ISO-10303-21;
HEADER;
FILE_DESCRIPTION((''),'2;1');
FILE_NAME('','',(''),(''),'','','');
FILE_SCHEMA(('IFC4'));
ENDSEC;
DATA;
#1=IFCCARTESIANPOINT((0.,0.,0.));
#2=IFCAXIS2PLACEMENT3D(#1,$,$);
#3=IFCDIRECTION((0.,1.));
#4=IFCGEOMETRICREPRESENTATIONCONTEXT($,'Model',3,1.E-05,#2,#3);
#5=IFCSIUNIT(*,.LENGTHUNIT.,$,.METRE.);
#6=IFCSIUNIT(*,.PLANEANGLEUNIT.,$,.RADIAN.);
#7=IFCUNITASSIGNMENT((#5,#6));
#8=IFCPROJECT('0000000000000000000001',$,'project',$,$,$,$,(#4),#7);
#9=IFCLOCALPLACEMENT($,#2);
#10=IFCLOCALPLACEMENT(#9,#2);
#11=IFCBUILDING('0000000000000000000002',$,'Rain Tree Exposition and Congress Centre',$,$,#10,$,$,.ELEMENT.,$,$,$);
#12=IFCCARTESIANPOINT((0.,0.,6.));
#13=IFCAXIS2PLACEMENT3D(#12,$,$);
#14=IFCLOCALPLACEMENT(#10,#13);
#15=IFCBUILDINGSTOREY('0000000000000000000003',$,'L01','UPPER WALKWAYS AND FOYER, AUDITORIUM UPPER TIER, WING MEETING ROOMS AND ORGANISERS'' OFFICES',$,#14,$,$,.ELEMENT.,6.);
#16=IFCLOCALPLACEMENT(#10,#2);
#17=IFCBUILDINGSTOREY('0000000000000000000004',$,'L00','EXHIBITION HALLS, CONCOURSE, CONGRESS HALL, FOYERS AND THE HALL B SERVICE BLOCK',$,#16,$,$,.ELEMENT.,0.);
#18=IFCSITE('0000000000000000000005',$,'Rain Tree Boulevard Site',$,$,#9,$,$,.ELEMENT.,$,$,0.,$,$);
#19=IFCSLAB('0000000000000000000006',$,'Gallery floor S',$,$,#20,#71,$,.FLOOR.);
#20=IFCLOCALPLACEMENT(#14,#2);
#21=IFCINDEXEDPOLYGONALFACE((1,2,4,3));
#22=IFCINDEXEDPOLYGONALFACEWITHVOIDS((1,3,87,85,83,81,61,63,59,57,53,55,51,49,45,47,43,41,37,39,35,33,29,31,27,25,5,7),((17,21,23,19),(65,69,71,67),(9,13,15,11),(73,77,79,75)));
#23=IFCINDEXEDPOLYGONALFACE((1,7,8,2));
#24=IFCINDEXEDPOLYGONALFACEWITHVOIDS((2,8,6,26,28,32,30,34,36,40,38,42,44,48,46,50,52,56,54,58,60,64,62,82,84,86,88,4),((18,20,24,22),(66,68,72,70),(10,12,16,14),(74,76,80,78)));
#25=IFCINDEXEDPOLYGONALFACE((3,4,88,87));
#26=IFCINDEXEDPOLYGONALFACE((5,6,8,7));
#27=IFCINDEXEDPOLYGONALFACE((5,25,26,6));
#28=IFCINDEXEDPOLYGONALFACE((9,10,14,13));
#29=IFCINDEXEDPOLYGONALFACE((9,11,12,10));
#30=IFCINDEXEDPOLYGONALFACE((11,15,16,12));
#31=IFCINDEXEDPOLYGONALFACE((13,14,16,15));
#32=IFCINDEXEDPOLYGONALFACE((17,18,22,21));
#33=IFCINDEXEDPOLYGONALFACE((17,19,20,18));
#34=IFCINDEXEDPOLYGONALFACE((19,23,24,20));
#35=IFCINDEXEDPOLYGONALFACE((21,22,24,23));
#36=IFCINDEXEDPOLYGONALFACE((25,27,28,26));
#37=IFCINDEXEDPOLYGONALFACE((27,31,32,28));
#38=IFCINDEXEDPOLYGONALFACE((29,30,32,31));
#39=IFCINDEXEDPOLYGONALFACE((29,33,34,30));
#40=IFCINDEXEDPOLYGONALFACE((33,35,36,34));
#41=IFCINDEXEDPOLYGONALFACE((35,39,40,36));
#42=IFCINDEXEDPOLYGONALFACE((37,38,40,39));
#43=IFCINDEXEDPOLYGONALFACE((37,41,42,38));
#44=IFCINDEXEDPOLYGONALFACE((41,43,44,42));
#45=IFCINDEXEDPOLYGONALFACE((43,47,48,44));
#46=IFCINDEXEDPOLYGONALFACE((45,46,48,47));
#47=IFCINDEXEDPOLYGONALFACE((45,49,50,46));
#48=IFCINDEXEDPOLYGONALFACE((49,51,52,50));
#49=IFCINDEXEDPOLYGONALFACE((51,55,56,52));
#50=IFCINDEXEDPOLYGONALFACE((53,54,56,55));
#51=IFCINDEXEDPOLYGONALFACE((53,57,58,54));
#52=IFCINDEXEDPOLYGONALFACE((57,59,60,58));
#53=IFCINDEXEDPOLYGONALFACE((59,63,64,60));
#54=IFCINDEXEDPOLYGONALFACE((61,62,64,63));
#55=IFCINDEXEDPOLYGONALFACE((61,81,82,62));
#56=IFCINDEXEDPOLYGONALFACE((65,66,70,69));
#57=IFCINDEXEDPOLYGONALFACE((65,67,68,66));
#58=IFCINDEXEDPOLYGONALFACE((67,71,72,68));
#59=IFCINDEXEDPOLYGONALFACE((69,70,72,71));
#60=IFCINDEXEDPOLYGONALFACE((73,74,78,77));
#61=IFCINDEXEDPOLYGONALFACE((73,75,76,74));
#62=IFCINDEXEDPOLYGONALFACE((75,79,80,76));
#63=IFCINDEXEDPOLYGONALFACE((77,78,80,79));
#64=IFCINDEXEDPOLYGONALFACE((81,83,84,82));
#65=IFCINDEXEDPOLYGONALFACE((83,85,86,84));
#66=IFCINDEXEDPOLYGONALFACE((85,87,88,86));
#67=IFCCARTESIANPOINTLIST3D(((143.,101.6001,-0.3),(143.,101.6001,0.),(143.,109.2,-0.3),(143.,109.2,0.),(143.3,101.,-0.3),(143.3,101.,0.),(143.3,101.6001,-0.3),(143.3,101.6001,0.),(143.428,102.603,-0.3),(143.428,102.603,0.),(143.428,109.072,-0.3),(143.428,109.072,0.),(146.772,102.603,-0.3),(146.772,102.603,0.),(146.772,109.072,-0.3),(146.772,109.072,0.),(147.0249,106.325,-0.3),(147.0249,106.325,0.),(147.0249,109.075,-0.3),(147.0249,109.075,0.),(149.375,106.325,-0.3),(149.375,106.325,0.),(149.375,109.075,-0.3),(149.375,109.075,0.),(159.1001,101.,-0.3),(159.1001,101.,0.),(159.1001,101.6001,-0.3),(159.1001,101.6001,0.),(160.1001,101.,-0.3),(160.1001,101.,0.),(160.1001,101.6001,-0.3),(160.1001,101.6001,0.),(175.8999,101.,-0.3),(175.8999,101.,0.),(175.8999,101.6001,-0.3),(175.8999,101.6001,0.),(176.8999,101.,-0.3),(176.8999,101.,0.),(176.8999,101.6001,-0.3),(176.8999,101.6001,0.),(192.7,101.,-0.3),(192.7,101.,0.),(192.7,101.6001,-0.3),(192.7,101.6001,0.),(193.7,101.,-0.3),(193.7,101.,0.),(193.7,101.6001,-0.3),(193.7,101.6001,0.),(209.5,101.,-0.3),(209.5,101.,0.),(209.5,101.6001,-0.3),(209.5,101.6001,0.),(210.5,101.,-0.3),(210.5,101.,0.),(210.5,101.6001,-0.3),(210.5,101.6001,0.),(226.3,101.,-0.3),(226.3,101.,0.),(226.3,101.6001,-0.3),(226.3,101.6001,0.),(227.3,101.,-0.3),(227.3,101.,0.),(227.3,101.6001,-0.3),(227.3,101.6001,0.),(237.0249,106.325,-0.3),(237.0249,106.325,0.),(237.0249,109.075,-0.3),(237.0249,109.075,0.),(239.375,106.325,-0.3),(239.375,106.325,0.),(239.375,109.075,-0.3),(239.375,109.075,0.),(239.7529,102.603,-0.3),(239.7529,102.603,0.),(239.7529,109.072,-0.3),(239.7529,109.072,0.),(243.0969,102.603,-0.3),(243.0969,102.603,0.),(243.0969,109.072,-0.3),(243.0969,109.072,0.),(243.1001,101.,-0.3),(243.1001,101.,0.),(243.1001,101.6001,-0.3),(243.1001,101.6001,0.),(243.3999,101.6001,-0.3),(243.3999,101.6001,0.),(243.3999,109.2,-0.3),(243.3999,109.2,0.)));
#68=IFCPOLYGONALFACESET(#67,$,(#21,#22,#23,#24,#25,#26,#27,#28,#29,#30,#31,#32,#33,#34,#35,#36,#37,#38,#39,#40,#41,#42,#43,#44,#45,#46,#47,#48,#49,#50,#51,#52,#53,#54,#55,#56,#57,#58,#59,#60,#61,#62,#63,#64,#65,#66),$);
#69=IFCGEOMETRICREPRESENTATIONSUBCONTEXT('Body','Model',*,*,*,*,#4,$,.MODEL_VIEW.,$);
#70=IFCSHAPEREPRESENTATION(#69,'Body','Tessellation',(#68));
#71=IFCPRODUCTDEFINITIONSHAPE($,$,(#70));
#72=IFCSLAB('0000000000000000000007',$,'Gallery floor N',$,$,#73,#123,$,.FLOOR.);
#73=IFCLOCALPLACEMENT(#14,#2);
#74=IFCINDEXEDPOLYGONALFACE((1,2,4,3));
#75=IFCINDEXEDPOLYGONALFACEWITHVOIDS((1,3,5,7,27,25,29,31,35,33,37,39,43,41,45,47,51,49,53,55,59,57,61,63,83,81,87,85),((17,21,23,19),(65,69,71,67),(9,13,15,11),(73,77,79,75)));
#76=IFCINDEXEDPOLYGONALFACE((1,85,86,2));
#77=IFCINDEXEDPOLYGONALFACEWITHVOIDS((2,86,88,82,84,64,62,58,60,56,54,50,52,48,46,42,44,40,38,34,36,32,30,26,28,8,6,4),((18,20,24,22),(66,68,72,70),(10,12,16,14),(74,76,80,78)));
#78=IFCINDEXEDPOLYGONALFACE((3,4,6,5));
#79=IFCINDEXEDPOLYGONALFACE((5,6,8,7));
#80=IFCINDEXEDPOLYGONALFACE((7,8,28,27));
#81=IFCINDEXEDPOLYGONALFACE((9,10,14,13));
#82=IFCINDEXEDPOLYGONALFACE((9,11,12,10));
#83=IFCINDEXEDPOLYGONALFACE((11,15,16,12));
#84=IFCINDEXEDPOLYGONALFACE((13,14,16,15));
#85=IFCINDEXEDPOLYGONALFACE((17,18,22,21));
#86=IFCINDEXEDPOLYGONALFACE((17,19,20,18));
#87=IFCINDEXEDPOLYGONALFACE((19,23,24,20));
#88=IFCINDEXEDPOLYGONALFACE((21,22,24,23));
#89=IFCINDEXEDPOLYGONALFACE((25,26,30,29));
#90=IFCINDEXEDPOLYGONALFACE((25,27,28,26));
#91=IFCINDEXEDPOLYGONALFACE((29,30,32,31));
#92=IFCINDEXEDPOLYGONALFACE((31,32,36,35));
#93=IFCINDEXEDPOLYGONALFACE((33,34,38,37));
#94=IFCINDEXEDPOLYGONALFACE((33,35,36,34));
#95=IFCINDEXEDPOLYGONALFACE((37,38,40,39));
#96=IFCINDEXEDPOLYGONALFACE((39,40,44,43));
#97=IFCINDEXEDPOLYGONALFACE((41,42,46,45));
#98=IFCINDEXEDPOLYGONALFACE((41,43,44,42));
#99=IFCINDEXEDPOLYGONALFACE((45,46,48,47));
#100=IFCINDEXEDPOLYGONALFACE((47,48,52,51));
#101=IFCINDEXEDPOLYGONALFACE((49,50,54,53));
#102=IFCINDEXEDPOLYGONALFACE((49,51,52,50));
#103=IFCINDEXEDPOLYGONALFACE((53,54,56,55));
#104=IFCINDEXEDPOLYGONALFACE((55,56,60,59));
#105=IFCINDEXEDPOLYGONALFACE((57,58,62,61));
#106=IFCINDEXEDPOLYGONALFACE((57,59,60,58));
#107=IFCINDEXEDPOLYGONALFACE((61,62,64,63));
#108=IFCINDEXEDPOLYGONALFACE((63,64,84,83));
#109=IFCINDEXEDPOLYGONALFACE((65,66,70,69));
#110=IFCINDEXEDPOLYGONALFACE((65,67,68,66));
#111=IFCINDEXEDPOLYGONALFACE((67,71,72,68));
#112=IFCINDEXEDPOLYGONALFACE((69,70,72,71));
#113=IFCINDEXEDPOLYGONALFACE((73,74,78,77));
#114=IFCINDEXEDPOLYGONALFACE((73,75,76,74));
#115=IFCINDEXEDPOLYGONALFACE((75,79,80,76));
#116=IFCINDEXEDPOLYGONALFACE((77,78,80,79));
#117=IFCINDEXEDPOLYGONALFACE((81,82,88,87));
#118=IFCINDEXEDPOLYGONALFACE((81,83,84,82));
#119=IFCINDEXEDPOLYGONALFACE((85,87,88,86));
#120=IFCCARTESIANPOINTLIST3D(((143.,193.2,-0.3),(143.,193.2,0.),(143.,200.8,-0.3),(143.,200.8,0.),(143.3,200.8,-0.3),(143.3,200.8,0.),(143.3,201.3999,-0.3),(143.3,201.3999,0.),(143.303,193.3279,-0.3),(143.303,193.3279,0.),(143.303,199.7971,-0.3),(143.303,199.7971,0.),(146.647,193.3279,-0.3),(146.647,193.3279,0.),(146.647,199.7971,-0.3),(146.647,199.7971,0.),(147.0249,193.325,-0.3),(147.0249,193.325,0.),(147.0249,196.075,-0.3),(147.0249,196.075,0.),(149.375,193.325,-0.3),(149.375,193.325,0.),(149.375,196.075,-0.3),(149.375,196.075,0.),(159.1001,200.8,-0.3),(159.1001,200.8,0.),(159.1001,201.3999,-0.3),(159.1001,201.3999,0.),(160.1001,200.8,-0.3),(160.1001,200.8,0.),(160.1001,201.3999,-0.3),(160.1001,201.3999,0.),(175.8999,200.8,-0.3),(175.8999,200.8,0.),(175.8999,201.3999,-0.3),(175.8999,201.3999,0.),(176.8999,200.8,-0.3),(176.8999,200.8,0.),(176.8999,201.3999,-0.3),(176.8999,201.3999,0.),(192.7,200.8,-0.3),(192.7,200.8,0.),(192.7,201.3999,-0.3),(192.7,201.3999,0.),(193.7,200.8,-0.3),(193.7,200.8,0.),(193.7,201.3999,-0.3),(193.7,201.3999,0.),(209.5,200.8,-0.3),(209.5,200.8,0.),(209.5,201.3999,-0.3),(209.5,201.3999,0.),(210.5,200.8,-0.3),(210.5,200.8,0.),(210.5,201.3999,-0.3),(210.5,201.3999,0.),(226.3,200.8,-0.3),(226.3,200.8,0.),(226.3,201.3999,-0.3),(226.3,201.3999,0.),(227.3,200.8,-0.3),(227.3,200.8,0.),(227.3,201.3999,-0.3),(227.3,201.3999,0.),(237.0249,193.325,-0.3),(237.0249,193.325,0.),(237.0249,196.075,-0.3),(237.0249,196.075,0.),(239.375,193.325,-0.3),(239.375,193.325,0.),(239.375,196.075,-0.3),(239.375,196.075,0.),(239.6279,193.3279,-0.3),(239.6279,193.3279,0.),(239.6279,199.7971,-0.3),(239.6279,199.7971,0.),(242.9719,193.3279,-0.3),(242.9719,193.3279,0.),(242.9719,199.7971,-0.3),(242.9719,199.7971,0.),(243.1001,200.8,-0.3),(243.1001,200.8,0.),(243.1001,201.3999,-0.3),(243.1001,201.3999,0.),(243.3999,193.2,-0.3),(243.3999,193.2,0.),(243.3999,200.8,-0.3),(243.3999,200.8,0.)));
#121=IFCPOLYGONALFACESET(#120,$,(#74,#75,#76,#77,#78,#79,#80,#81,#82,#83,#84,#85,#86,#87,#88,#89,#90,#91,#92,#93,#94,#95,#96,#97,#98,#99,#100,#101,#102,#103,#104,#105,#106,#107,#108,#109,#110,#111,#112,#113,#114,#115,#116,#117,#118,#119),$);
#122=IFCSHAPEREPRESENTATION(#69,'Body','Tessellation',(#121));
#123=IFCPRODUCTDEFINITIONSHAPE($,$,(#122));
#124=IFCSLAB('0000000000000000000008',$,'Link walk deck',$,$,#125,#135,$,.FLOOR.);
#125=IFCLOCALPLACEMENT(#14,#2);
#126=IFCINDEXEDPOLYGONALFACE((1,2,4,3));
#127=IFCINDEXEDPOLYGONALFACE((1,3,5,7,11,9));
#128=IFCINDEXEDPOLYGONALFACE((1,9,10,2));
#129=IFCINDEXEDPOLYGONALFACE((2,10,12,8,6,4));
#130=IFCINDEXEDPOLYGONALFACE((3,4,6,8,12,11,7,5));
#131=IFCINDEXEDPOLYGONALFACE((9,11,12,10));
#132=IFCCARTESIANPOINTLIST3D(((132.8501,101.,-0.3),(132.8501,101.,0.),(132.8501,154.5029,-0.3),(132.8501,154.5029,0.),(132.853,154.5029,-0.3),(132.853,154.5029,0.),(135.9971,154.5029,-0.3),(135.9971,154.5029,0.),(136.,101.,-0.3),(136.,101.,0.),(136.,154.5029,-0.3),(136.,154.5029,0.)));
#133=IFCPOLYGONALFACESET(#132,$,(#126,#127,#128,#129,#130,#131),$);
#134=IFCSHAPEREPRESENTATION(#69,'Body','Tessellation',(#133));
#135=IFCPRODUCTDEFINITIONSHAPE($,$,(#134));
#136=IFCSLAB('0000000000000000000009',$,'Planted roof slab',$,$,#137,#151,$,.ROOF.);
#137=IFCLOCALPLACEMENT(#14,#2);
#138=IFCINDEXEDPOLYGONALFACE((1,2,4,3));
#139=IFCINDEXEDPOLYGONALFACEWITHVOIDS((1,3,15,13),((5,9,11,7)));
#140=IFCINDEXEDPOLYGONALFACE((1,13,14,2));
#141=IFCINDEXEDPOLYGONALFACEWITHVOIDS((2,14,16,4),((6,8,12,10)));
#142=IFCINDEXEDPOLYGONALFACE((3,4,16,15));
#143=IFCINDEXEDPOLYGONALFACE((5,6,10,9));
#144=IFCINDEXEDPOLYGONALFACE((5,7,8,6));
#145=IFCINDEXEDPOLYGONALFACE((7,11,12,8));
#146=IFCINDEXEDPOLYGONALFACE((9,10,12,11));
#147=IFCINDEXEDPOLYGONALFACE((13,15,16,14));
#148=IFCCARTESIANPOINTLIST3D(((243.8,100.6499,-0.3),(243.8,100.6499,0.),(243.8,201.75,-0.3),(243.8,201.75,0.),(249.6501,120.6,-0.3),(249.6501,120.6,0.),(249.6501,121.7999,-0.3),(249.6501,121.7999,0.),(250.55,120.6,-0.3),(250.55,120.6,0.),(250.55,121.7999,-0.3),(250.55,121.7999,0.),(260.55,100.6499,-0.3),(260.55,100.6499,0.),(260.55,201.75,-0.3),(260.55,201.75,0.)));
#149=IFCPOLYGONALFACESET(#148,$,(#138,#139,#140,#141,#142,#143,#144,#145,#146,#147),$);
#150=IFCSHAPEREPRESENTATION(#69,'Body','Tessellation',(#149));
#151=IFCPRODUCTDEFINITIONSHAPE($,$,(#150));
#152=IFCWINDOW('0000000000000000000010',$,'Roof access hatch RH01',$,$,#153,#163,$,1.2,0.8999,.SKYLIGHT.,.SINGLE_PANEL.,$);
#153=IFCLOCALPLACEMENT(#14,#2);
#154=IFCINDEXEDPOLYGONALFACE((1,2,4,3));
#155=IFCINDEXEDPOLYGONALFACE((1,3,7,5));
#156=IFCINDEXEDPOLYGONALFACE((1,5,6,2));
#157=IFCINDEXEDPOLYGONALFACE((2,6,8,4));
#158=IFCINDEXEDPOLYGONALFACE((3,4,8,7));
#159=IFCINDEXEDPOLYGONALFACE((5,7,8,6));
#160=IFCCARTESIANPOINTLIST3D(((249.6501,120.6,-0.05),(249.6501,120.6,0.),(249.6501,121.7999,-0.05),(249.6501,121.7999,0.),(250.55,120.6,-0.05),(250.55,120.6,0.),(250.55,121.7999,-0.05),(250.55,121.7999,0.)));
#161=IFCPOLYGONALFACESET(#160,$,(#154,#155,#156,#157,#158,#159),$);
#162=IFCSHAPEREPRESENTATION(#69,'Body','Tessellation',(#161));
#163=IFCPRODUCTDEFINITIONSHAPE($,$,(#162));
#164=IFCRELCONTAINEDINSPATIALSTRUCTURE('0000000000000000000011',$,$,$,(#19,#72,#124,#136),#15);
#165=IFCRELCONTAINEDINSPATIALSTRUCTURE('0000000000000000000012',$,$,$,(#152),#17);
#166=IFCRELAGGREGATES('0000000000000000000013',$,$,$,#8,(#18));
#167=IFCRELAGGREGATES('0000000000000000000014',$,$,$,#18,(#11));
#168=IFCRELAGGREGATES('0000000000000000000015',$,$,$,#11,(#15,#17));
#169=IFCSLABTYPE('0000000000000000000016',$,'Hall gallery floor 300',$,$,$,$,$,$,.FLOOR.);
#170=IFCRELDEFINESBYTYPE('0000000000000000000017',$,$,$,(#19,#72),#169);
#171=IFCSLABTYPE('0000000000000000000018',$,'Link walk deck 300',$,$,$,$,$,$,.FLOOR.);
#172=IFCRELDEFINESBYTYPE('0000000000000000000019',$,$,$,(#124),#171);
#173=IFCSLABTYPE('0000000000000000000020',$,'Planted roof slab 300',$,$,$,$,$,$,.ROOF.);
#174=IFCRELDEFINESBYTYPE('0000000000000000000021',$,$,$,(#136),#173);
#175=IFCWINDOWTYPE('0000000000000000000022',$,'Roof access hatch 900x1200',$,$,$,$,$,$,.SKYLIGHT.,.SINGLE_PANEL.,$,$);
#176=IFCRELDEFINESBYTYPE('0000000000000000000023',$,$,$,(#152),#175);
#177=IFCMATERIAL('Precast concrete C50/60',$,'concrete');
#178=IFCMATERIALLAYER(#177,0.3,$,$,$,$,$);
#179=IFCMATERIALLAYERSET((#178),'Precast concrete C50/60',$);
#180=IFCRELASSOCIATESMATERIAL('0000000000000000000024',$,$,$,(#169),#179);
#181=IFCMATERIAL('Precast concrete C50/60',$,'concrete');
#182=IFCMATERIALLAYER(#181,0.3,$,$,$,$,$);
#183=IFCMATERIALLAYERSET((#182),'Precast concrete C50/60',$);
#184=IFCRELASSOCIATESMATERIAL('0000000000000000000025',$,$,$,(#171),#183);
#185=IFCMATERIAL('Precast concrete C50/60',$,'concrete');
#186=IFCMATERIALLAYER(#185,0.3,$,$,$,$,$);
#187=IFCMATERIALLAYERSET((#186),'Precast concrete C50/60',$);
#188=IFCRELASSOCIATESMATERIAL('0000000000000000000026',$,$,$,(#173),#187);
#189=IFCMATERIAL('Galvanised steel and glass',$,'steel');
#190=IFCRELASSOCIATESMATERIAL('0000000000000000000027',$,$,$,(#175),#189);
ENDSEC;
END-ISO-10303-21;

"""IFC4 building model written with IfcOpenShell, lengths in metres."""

from ifc_helpers import new_model, si_unit, direction, frame, origin, origin_2d, place, context, subcontext, project, spatial, polyline, rectangle, outline, extrude, material, layer, layer_set, type_object, element, fill, save


model = new_model("IFC4")

# Units and contexts
model_context = context("Model", 3, precision=1e-05, world=origin(), true_north=direction((0.0, 1.0)))
body_context = subcontext(model_context, "Body", "Model", "MODEL_VIEW")
ifc_project = project(units=[si_unit("LENGTHUNIT", "METRE"), si_unit("PLANEANGLEUNIT", "RADIAN")], contexts=[model_context])

# Site, building, storey
site_placement = place(None, origin())
site = spatial("IfcSite", under=ifc_project, at=site_placement, Name="Rain Tree Boulevard Site", CompositionType="ELEMENT", RefElevation=0.0)
building_placement = place(site_placement, origin())
building = spatial("IfcBuilding", under=site, at=building_placement, Name="Rain Tree Exposition and Congress Centre", CompositionType="ELEMENT")
storey_1_placement = place(building_placement, frame((0.0, 0.0, 6.0)))
storey_1 = spatial("IfcBuildingStorey", under=building, at=storey_1_placement, Name="L01", Description="UPPER WALKWAYS AND FOYER, AUDITORIUM UPPER TIER, WING MEETING ROOMS AND ORGANISERS' OFFICES", CompositionType="ELEMENT", Elevation=6.0)

# Slabs
ifc_material_1 = material(Name="Precast concrete C50/60", Category="concrete")
ifc_layer_1 = layer(ifc_material_1, 0.3)
ifc_layer_set_1 = layer_set([ifc_layer_1], Name="Precast concrete C50/60")
slab_type_1 = type_object("IfcSlabType", Name="Hall gallery floor 300", PredefinedType="FLOOR", material=ifc_layer_set_1)
slab_1_placement = place(storey_1_placement, frame((0.0, 0.0, -0.3)))
element("IfcSlab", 1, at=slab_1_placement, inside=storey_1, type_object=slab_type_1, Name="Gallery floor S", PredefinedType="FLOOR", context=body_context, shape_type="SweptSolid", body=[
    extrude(outline(polyline([(143.0, 109.2), (243.3999, 109.2), (243.3999, 101.6001), (243.1001, 101.6001), (243.1001, 101.0), (227.3, 101.0), (227.3, 101.6001), (226.3, 101.6001), (226.3, 101.0), (210.5, 101.0), (210.5, 101.6001), (209.5, 101.6001), (209.5, 101.0), (193.7, 101.0), (193.7, 101.6001), (192.7, 101.6001), (192.7, 101.0), (176.8999, 101.0), (176.8999, 101.6001), (175.8999, 101.6001), (175.8999, 101.0), (160.1001, 101.0), (160.1001, 101.6001), (159.1001, 101.6001), (159.1001, 101.0), (143.3, 101.0), (143.3, 101.6001), (143.0, 101.6001), (143.0, 109.2)]), holes=[polyline([(146.772, 102.603), (146.772, 109.072), (143.428, 109.072), (143.428, 102.603), (146.772, 102.603)]), polyline([(149.375, 109.075), (147.0249, 109.075), (147.0249, 106.325), (149.375, 106.325), (149.375, 109.075)]), polyline([(243.0969, 102.603), (243.0969, 109.072), (239.7529, 109.072), (239.7529, 102.603), (243.0969, 102.603)]), polyline([(239.375, 106.325), (239.375, 109.075), (237.0249, 109.075), (237.0249, 106.325), (239.375, 106.325)])]), origin(), (0.0, 0.0, 1.0), 0.3),
])
slab_2_placement = place(storey_1_placement, frame((0.0, 0.0, -0.3)))
element("IfcSlab", 2, at=slab_2_placement, inside=storey_1, type_object=slab_type_1, Name="Gallery floor N", PredefinedType="FLOOR", context=body_context, shape_type="SweptSolid", body=[
    extrude(outline(polyline([(243.3999, 193.2), (143.0, 193.2), (143.0, 200.8), (143.3, 200.8), (143.3, 201.3999), (159.1001, 201.3999), (159.1001, 200.8), (160.1001, 200.8), (160.1001, 201.3999), (175.8999, 201.3999), (175.8999, 200.8), (176.8999, 200.8), (176.8999, 201.3999), (192.7, 201.3999), (192.7, 200.8), (193.7, 200.8), (193.7, 201.3999), (209.5, 201.3999), (209.5, 200.8), (210.5, 200.8), (210.5, 201.3999), (226.3, 201.3999), (226.3, 200.8), (227.3, 200.8), (227.3, 201.3999), (243.1001, 201.3999), (243.1001, 200.8), (243.3999, 200.8), (243.3999, 193.2)]), holes=[polyline([(149.375, 193.325), (149.375, 196.075), (147.0249, 196.075), (147.0249, 193.325), (149.375, 193.325)]), polyline([(143.303, 199.7971), (143.303, 193.3279), (146.647, 193.3279), (146.647, 199.7971), (143.303, 199.7971)]), polyline([(239.375, 196.075), (237.0249, 196.075), (237.0249, 193.325), (239.375, 193.325), (239.375, 196.075)]), polyline([(239.6279, 199.7971), (239.6279, 193.3279), (242.9719, 193.3279), (242.9719, 199.7971), (239.6279, 199.7971)])]), origin(), (0.0, 0.0, 1.0), 0.3),
])
ifc_material_2 = material(Name="Precast concrete C50/60", Category="concrete")
ifc_layer_2 = layer(ifc_material_2, 0.3)
ifc_layer_set_2 = layer_set([ifc_layer_2], Name="Precast concrete C50/60")
slab_type_2 = type_object("IfcSlabType", Name="Link walk deck 300", PredefinedType="FLOOR", material=ifc_layer_set_2)
slab_3_placement = place(storey_1_placement, frame((0.0, 0.0, -0.3)))
element("IfcSlab", 3, at=slab_3_placement, inside=storey_1, type_object=slab_type_2, Name="Link walk deck", PredefinedType="FLOOR", context=body_context, shape_type="SweptSolid", body=[
    extrude(outline(polyline([(136.0, 154.5029), (136.0, 101.0), (132.8501, 101.0), (132.8501, 154.5029), (132.853, 154.5029), (135.9971, 154.5029), (136.0, 154.5029)])), origin(), (0.0, 0.0, 1.0), 0.3),
])

# Slab, opening
ifc_material_3 = material(Name="Precast concrete C50/60", Category="concrete")
ifc_layer_3 = layer(ifc_material_3, 0.3)
ifc_layer_set_3 = layer_set([ifc_layer_3], Name="Precast concrete C50/60")
slab_type_3 = type_object("IfcSlabType", Name="Planted roof slab 300", PredefinedType="ROOF", material=ifc_layer_set_3)
slab_4_placement = place(storey_1_placement, frame((0.0, 0.0, -0.3)))
slab_4 = element("IfcSlab", 4, at=slab_4_placement, inside=storey_1, type_object=slab_type_3, Name="Planted roof slab", PredefinedType="ROOF", context=body_context, shape_type="SweptSolid", body=[
    extrude(outline(polyline([(260.55, 100.6499), (260.55, 201.75), (243.8, 201.75), (243.8, 100.6499), (260.55, 100.6499)])), origin(), (0.0, 0.0, 1.0), 0.3),
])
opening_placement = place(slab_4_placement, frame((250.1001, 121.2, 0.0)))
opening = element("IfcOpeningElement", 5, at=opening_placement, cuts=slab_4, PredefinedType="OPENING", context=body_context, shape_type="SweptSolid", body=[
    extrude(rectangle(XDim=0.8999, YDim=1.2, at=origin_2d()), origin(), (0.0, 0.0, 1.0), 0.3),
])

# Shared definitions
storey_2_placement = place(building_placement, origin())
storey_2 = spatial("IfcBuildingStorey", under=building, at=storey_2_placement, Name="L00", Description="EXHIBITION HALLS, CONCOURSE, CONGRESS HALL, FOYERS AND THE HALL B SERVICE BLOCK", CompositionType="ELEMENT", Elevation=0.0)

# Window
ifc_material_4 = material(Name="Galvanised steel and glass", Category="steel")
window_type = type_object("IfcWindowType", Name="Roof access hatch 900x1200", PartitioningType="SINGLE_PANEL", PredefinedType="SKYLIGHT", material=ifc_material_4)
window_placement = place(opening_placement, frame((0.0, 0.0, 0.25)))
window = element("IfcWindow", 6, at=window_placement, inside=storey_2, type_object=window_type, Name="Roof access hatch RH01", OverallHeight=1.2, OverallWidth=0.8999, PartitioningType="SINGLE_PANEL", PredefinedType="SKYLIGHT", context=body_context, shape_type="SweptSolid", body=[
    extrude(rectangle(XDim=0.8999, YDim=1.2, at=origin_2d()), origin(), (0.0, 0.0, 1.0), 0.05),
])
fill(opening, window)

save(model, "model.ifc")
